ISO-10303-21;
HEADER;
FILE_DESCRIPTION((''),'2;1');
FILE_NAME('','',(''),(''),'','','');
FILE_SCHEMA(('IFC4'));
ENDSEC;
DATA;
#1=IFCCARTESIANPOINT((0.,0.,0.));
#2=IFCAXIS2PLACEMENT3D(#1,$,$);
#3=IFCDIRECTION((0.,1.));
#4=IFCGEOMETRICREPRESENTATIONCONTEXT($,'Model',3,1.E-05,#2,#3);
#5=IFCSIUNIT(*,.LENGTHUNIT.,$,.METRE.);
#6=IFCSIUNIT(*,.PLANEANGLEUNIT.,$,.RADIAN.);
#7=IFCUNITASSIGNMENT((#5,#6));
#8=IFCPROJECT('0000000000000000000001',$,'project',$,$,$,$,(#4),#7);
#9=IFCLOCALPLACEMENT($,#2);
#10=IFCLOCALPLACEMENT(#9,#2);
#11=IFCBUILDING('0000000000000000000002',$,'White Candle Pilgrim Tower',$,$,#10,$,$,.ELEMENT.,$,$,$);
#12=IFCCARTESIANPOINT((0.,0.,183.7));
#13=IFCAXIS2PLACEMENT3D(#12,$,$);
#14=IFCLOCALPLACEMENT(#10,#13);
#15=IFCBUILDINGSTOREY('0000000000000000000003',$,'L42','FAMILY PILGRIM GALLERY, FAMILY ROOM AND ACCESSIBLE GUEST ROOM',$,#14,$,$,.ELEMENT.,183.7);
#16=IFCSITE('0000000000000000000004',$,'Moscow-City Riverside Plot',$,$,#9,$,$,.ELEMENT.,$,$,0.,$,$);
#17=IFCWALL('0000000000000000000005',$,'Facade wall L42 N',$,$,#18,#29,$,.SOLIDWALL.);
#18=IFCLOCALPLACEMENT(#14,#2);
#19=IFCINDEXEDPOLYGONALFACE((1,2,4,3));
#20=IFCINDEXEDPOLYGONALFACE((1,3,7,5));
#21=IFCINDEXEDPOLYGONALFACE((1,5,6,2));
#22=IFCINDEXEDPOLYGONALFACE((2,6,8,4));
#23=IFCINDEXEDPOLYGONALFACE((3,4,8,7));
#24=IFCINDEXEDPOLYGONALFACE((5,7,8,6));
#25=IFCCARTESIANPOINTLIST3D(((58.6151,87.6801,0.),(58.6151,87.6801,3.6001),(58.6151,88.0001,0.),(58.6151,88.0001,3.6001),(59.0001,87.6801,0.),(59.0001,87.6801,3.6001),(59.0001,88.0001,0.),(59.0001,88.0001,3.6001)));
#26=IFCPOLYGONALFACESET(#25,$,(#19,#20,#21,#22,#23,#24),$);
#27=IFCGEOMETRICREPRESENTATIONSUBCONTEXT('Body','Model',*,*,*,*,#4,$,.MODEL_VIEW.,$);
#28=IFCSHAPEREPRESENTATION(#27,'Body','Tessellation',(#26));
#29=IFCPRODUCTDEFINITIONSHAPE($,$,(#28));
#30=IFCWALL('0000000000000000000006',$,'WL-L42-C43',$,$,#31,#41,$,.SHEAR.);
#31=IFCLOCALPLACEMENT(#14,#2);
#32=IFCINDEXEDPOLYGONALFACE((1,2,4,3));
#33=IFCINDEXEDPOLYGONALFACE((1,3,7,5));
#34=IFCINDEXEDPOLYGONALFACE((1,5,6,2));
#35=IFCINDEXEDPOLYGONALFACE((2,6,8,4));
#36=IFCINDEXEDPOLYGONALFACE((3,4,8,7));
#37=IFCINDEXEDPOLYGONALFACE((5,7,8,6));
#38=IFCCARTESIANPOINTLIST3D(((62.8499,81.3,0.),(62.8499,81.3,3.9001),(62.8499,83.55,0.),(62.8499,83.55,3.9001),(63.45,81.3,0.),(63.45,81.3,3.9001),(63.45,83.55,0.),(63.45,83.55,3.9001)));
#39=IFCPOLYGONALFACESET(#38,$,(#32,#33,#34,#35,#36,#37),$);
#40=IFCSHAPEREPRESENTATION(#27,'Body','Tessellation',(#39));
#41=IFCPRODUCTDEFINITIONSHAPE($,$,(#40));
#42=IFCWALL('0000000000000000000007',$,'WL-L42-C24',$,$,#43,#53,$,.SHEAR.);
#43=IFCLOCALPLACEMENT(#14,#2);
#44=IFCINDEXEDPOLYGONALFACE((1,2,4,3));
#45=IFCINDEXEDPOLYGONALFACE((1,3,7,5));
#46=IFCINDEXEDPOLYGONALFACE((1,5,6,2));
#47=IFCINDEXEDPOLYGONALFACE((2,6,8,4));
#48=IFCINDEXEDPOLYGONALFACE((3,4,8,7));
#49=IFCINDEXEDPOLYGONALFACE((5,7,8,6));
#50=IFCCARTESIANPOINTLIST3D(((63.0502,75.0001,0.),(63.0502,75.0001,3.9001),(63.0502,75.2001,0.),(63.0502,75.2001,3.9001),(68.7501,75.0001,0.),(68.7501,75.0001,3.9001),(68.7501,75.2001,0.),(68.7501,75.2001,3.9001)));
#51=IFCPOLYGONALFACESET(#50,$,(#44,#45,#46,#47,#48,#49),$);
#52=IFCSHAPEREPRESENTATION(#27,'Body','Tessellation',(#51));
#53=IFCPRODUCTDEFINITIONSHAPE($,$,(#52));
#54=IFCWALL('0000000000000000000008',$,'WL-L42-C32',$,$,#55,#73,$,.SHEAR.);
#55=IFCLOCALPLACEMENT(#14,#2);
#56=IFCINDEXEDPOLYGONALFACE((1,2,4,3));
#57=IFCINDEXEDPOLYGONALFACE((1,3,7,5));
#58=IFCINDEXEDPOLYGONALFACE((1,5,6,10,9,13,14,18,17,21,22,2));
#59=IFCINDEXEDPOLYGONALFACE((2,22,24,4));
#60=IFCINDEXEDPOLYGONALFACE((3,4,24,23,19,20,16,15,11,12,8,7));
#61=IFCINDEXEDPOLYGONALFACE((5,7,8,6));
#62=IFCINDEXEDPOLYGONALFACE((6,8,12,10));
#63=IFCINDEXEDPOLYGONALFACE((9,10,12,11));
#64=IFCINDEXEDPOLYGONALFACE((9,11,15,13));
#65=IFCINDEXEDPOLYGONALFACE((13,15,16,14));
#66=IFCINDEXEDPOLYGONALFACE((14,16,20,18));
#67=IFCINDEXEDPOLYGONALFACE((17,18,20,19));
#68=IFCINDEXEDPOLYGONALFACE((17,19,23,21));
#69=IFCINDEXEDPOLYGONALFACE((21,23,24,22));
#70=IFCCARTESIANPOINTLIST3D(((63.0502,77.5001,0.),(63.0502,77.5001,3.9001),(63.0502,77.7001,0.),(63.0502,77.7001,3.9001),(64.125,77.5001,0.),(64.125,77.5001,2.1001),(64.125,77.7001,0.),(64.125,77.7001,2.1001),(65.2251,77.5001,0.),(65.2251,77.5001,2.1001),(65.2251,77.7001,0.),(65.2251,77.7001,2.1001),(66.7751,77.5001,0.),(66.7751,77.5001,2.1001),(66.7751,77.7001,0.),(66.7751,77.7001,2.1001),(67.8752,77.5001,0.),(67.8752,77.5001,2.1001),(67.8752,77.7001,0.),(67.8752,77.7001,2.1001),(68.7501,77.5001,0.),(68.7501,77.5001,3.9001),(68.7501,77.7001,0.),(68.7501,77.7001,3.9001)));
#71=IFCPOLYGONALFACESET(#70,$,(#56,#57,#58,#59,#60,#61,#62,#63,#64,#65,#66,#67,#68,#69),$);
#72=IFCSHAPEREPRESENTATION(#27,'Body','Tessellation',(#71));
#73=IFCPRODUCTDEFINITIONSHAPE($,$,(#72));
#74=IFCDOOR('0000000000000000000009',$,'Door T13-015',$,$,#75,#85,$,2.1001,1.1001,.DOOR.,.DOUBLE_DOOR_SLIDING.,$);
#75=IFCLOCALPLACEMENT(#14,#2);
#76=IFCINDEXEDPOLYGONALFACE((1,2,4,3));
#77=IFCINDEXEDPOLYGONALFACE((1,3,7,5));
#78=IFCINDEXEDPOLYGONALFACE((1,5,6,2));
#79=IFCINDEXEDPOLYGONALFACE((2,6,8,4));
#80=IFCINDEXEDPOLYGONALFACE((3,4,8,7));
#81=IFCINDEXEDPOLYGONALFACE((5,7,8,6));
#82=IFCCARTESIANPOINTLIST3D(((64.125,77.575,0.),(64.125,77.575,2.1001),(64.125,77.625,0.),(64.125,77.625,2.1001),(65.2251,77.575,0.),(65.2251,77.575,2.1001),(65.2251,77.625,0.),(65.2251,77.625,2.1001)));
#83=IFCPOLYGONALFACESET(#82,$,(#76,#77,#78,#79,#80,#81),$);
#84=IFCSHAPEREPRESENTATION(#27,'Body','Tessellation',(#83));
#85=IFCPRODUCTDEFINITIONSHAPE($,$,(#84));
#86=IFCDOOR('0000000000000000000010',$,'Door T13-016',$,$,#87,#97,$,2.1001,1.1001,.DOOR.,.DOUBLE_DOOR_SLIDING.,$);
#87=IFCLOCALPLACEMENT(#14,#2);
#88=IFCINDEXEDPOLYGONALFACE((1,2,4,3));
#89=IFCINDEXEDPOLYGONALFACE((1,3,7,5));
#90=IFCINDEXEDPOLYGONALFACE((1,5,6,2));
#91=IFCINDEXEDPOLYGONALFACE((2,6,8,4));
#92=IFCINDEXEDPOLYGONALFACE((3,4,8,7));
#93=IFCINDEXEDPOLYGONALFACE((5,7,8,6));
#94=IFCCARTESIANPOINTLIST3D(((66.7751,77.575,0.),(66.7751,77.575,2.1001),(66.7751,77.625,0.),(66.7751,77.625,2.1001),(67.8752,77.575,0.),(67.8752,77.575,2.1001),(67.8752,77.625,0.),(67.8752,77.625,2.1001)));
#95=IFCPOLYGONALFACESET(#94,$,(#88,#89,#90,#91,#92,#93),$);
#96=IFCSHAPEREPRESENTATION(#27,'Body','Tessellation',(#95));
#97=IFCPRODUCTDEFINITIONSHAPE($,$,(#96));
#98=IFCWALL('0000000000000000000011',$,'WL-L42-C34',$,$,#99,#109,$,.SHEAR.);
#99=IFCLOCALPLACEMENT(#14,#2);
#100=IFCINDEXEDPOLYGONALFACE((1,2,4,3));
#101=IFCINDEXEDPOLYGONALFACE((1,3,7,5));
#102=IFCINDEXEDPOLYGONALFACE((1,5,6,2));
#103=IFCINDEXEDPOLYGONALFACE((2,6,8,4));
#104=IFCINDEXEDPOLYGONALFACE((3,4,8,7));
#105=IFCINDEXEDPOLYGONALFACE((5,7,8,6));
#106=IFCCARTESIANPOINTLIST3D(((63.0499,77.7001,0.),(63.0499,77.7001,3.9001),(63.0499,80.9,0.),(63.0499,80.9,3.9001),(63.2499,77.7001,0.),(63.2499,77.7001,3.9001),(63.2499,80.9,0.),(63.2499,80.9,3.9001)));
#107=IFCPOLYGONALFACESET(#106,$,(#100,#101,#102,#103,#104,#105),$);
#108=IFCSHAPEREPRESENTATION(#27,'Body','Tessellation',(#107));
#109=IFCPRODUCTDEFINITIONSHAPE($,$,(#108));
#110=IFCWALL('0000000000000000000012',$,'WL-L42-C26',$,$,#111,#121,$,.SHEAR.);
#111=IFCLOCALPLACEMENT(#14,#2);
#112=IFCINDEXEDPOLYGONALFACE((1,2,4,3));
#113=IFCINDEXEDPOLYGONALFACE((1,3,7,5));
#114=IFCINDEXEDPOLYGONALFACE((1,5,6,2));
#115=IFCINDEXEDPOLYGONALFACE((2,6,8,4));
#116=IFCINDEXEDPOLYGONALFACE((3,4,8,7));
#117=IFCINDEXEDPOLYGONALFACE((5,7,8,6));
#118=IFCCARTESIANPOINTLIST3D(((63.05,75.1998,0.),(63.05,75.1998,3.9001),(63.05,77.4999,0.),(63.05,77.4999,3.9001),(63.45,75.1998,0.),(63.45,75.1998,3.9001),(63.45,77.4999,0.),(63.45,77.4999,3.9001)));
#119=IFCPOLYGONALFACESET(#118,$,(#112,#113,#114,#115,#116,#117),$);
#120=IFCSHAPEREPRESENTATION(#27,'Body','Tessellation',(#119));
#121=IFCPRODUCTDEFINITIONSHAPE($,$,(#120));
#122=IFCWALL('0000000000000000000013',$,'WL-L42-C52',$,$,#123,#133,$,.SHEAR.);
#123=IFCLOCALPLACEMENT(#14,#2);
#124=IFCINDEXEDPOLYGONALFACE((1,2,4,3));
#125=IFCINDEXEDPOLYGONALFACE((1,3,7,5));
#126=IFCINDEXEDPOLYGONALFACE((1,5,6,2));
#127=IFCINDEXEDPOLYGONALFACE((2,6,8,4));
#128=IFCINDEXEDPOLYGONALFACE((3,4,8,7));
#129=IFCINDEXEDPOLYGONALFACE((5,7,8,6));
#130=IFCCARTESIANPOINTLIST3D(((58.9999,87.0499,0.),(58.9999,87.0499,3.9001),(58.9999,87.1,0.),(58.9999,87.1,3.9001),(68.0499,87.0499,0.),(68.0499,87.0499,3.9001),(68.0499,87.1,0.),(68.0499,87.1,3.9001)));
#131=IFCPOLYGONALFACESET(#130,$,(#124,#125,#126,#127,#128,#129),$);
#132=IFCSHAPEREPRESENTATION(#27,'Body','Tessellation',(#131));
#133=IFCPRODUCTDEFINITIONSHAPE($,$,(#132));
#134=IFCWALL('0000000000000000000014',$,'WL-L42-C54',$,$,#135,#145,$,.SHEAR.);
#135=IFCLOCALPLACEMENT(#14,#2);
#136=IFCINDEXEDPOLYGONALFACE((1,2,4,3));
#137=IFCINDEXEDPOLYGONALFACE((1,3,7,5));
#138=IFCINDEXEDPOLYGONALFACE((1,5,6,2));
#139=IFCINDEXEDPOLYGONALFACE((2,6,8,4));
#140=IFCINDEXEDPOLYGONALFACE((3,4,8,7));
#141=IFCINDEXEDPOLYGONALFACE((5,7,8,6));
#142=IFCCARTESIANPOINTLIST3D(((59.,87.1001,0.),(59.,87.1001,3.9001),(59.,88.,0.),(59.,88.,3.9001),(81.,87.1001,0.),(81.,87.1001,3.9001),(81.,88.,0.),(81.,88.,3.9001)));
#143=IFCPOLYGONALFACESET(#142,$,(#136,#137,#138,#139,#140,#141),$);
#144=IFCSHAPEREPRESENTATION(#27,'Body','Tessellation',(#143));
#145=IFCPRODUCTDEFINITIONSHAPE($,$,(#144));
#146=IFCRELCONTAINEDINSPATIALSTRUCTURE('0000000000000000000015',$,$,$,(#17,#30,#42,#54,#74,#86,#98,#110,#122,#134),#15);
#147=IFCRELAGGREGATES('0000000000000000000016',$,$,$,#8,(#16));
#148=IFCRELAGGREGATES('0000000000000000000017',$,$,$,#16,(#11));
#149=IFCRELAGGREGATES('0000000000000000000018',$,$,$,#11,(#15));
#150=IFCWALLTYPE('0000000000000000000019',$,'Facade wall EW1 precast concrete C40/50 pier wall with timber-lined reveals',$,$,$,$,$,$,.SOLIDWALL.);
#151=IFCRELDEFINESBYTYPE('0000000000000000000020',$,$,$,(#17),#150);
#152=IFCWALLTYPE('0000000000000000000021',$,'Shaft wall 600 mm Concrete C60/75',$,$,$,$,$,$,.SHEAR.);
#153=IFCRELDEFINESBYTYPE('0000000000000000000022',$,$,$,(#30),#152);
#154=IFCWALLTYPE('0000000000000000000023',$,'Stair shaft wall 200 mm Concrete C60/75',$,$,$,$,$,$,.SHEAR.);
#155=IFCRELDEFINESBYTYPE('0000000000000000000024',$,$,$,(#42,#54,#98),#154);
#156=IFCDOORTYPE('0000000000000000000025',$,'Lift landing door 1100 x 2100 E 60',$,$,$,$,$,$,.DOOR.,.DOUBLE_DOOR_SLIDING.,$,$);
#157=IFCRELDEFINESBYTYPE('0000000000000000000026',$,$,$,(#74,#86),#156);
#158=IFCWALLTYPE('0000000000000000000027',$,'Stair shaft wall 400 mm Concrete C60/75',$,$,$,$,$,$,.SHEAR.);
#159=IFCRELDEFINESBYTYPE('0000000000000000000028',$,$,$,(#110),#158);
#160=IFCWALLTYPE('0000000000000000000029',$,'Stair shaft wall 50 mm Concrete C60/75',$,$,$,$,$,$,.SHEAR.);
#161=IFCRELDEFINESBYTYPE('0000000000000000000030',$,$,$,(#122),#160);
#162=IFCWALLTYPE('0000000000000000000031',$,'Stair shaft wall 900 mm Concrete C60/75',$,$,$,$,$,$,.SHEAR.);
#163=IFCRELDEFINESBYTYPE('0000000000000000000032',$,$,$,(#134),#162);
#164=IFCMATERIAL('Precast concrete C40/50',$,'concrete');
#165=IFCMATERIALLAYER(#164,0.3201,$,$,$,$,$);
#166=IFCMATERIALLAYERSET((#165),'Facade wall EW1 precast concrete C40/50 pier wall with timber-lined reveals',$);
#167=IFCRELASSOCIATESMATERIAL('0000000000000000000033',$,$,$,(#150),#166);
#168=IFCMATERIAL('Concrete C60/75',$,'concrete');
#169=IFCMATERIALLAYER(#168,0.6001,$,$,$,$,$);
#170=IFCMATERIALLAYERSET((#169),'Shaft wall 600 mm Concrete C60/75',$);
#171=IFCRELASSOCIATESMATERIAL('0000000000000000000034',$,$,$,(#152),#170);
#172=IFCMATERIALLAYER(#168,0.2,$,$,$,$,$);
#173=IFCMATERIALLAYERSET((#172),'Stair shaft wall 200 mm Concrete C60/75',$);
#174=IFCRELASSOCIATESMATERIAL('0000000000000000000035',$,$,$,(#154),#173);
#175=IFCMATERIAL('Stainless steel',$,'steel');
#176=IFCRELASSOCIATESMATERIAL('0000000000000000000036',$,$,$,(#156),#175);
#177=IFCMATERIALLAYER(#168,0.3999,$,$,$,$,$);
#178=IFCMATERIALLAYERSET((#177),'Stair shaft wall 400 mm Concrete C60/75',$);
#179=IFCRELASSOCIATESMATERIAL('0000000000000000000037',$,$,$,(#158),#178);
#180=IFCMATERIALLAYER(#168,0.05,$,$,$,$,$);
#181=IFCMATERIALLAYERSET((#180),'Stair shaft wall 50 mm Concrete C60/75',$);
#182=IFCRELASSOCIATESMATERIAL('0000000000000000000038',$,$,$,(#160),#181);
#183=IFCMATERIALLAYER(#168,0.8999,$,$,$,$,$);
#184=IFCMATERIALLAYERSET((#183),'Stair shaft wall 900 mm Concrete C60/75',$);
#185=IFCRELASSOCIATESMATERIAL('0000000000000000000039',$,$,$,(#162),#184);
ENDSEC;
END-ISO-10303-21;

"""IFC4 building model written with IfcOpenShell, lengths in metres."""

from ifc_helpers import new_model, si_unit, direction, frame, frame_2d, origin, place, context, subcontext, project, spatial, rectangle, extrude, material, layer, layer_set, type_object, element, fill, save


model = new_model("IFC4")

# Units and contexts
model_context = context("Model", 3, precision=1e-05, world=origin(), true_north=direction((0.0, 1.0)))
body_context = subcontext(model_context, "Body", "Model", "MODEL_VIEW")
ifc_project = project(units=[si_unit("LENGTHUNIT", "METRE"), si_unit("PLANEANGLEUNIT", "RADIAN")], contexts=[model_context])

# Site, building, storey
site_placement = place(None, origin())
site = spatial("IfcSite", under=ifc_project, at=site_placement, Name="Moscow-City Riverside Plot", CompositionType="ELEMENT", RefElevation=0.0)
building_placement = place(site_placement, origin())
building = spatial("IfcBuilding", under=site, at=building_placement, Name="White Candle Pilgrim Tower", CompositionType="ELEMENT")
storey_placement = place(building_placement, frame((0.0, 0.0, 183.7)))
storey = spatial("IfcBuildingStorey", under=building, at=storey_placement, Name="L42", Description="FAMILY PILGRIM GALLERY, FAMILY ROOM AND ACCESSIBLE GUEST ROOM", CompositionType="ELEMENT", Elevation=183.7)

# Shared definitions
ifc_material_1 = material(Name="Concrete C60/75", Category="concrete")

# Shared definitions
ifc_material_2 = material(Name="Stainless steel", Category="steel")

# Walls
ifc_material_3 = material(Name="Precast concrete C40/50", Category="concrete")
ifc_layer_1 = layer(ifc_material_3, 0.3201)
ifc_layer_set_1 = layer_set([ifc_layer_1], Name="Facade wall EW1 precast concrete C40/50 pier wall with timber-lined reveals")
wall_type_1 = type_object("IfcWallType", Name="Facade wall EW1 precast concrete C40/50 pier wall with timber-lined reveals", PredefinedType="SOLIDWALL", material=ifc_layer_set_1)
wall_1_placement = place(storey_placement, frame((59.0, 87.8401, 0.0), z_axis=(0.0, 0.0, 1.0), x_axis=(-1.0, 0.0, 0.0)))
element("IfcWall", 1, at=wall_1_placement, inside=storey, type_object=wall_type_1, Name="Facade wall L42 N", PredefinedType="SOLIDWALL", context=body_context, shape_type="SweptSolid", body=[
    extrude(rectangle(XDim=0.385, YDim=0.3201, at=frame_2d((0.1924, 0.0))), origin(), (0.0, 0.0, 1.0), 3.6001),
])
ifc_layer_2 = layer(ifc_material_1, 0.6001)
ifc_layer_set_2 = layer_set([ifc_layer_2], Name="Shaft wall 600 mm Concrete C60/75")
wall_type_2 = type_object("IfcWallType", Name="Shaft wall 600 mm Concrete C60/75", PredefinedType="SHEAR", material=ifc_layer_set_2)
wall_2_placement = place(storey_placement, frame((63.1499, 81.3, 0.0), z_axis=(0.0, 0.0, 1.0), x_axis=(0.0, 1.0, 0.0)))
element("IfcWall", 2, at=wall_2_placement, inside=storey, type_object=wall_type_2, Name="WL-L42-C43", PredefinedType="SHEAR", context=body_context, shape_type="SweptSolid", body=[
    extrude(rectangle(XDim=2.25, YDim=0.6001, at=frame_2d((1.125, 0.0))), origin(), (0.0, 0.0, 1.0), 3.9001),
])
ifc_layer_3 = layer(ifc_material_1, 0.2)
ifc_layer_set_3 = layer_set([ifc_layer_3], Name="Stair shaft wall 200 mm Concrete C60/75")
wall_type_3 = type_object("IfcWallType", Name="Stair shaft wall 200 mm Concrete C60/75", PredefinedType="SHEAR", material=ifc_layer_set_3)
wall_3_placement = place(storey_placement, frame((63.05, 75.1001, 0.0), z_axis=(0.0, 0.0, 1.0), x_axis=(1.0, 0.0, 0.0)))
element("IfcWall", 3, at=wall_3_placement, inside=storey, type_object=wall_type_3, Name="WL-L42-C24", PredefinedType="SHEAR", context=body_context, shape_type="SweptSolid", body=[
    extrude(rectangle(XDim=5.7, YDim=0.2, at=frame_2d((2.8501, 0.0))), origin(), (0.0, 0.0, 1.0), 3.9001),
])

# Wall, openings, doors
wall_4_placement = place(storey_placement, frame((63.05, 77.6001, 0.0), z_axis=(0.0, 0.0, 1.0), x_axis=(1.0, 0.0, 0.0)))
wall_4 = element("IfcWall", 4, at=wall_4_placement, inside=storey, type_object=wall_type_3, Name="WL-L42-C32", PredefinedType="SHEAR", context=body_context, shape_type="SweptSolid", body=[
    extrude(rectangle(XDim=5.7, YDim=0.2, at=frame_2d((2.8501, 0.0))), origin(), (0.0, 0.0, 1.0), 3.9001),
])
opening_1_placement = place(wall_4_placement, frame((1.075, 0.0, 0.0)))
opening_1 = element("IfcOpeningElement", 5, at=opening_1_placement, cuts=wall_4, PredefinedType="OPENING", context=body_context, shape_type="SweptSolid", body=[
    extrude(rectangle(XDim=1.1001, YDim=2.1001, at=frame_2d((0.55, 1.05))), frame((0.0, 0.1099, 0.0), z_axis=(0.0, -1.0, 0.0), x_axis=(1.0, 0.0, 0.0)), (0.0, 0.0, 1.0), 0.22),
])
opening_2_placement = place(wall_4_placement, frame((3.7251, 0.0, 0.0)))
opening_2 = element("IfcOpeningElement", 6, at=opening_2_placement, cuts=wall_4, PredefinedType="OPENING", context=body_context, shape_type="SweptSolid", body=[
    extrude(rectangle(XDim=1.1001, YDim=2.1001, at=frame_2d((0.55, 1.05))), frame((0.0, 0.1099, 0.0), z_axis=(0.0, -1.0, 0.0), x_axis=(1.0, 0.0, 0.0)), (0.0, 0.0, 1.0), 0.22),
])
door_type_1 = type_object("IfcDoorType", Name="Lift landing door 1100 x 2100 E 60", OperationType="DOUBLE_DOOR_SLIDING", PredefinedType="DOOR", material=ifc_material_2)
door_1_placement = place(opening_1_placement, origin())
door_1 = element("IfcDoor", 7, at=door_1_placement, inside=storey, type_object=door_type_1, Name="Door T13-015", OperationType="DOUBLE_DOOR_SLIDING", OverallHeight=2.1001, OverallWidth=1.1001, PredefinedType="DOOR", context=body_context, shape_type="SweptSolid", body=[
    extrude(rectangle(XDim=1.1001, YDim=2.1001, at=frame_2d((0.55, 1.05))), frame((0.0, 0.0249, 0.0), z_axis=(0.0, -1.0, 0.0), x_axis=(1.0, 0.0, 0.0)), (0.0, 0.0, 1.0), 0.05),
])
fill(opening_1, door_1)
door_2_placement = place(opening_2_placement, origin())
door_2 = element("IfcDoor", 8, at=door_2_placement, inside=storey, type_object=door_type_1, Name="Door T13-016", OperationType="DOUBLE_DOOR_SLIDING", OverallHeight=2.1001, OverallWidth=1.1001, PredefinedType="DOOR", context=body_context, shape_type="SweptSolid", body=[
    extrude(rectangle(XDim=1.1001, YDim=2.1001, at=frame_2d((0.55, 1.05))), frame((0.0, 0.0249, 0.0), z_axis=(0.0, -1.0, 0.0), x_axis=(1.0, 0.0, 0.0)), (0.0, 0.0, 1.0), 0.05),
])
fill(opening_2, door_2)

# Walls
wall_5_placement = place(storey_placement, frame((63.1499, 77.7, 0.0), z_axis=(0.0, 0.0, 1.0), x_axis=(0.0, 1.0, 0.0)))
element("IfcWall", 9, at=wall_5_placement, inside=storey, type_object=wall_type_3, Name="WL-L42-C34", PredefinedType="SHEAR", context=body_context, shape_type="SweptSolid", body=[
    extrude(rectangle(XDim=3.2, YDim=0.2, at=frame_2d((1.6001, 0.0))), origin(), (0.0, 0.0, 1.0), 3.9001),
])
ifc_layer_4 = layer(ifc_material_1, 0.3999)
ifc_layer_set_4 = layer_set([ifc_layer_4], Name="Stair shaft wall 400 mm Concrete C60/75")
wall_type_4 = type_object("IfcWallType", Name="Stair shaft wall 400 mm Concrete C60/75", PredefinedType="SHEAR", material=ifc_layer_set_4)
wall_6_placement = place(storey_placement, frame((63.25, 75.2, 0.0), z_axis=(0.0, 0.0, 1.0), x_axis=(0.0, 1.0, 0.0)))
element("IfcWall", 10, at=wall_6_placement, inside=storey, type_object=wall_type_4, Name="WL-L42-C26", PredefinedType="SHEAR", context=body_context, shape_type="SweptSolid", body=[
    extrude(rectangle(XDim=2.3, YDim=0.3999, at=frame_2d((1.1499, 0.0))), origin(), (0.0, 0.0, 1.0), 3.9001),
])
ifc_layer_5 = layer(ifc_material_1, 0.05)
ifc_layer_set_5 = layer_set([ifc_layer_5], Name="Stair shaft wall 50 mm Concrete C60/75")
wall_type_5 = type_object("IfcWallType", Name="Stair shaft wall 50 mm Concrete C60/75", PredefinedType="SHEAR", material=ifc_layer_set_5)
wall_7_placement = place(storey_placement, frame((59.0, 87.075, 0.0), z_axis=(0.0, 0.0, 1.0), x_axis=(1.0, 0.0, 0.0)))
element("IfcWall", 11, at=wall_7_placement, inside=storey, type_object=wall_type_5, Name="WL-L42-C52", PredefinedType="SHEAR", context=body_context, shape_type="SweptSolid", body=[
    extrude(rectangle(XDim=9.05, YDim=0.05, at=frame_2d((4.5249, 0.0))), origin(), (0.0, 0.0, 1.0), 3.9001),
])
ifc_layer_6 = layer(ifc_material_1, 0.8999)
ifc_layer_set_6 = layer_set([ifc_layer_6], Name="Stair shaft wall 900 mm Concrete C60/75")
wall_type_6 = type_object("IfcWallType", Name="Stair shaft wall 900 mm Concrete C60/75", PredefinedType="SHEAR", material=ifc_layer_set_6)
wall_8_placement = place(storey_placement, frame((59.0, 87.55, 0.0), z_axis=(0.0, 0.0, 1.0), x_axis=(1.0, 0.0, 0.0)))
element("IfcWall", 12, at=wall_8_placement, inside=storey, type_object=wall_type_6, Name="WL-L42-C54", PredefinedType="SHEAR", context=body_context, shape_type="SweptSolid", body=[
    extrude(rectangle(XDim=22.0, YDim=0.8999, at=frame_2d((11.0, 0.0))), origin(), (0.0, 0.0, 1.0), 3.9001),
])

save(model, "model.ifc")
